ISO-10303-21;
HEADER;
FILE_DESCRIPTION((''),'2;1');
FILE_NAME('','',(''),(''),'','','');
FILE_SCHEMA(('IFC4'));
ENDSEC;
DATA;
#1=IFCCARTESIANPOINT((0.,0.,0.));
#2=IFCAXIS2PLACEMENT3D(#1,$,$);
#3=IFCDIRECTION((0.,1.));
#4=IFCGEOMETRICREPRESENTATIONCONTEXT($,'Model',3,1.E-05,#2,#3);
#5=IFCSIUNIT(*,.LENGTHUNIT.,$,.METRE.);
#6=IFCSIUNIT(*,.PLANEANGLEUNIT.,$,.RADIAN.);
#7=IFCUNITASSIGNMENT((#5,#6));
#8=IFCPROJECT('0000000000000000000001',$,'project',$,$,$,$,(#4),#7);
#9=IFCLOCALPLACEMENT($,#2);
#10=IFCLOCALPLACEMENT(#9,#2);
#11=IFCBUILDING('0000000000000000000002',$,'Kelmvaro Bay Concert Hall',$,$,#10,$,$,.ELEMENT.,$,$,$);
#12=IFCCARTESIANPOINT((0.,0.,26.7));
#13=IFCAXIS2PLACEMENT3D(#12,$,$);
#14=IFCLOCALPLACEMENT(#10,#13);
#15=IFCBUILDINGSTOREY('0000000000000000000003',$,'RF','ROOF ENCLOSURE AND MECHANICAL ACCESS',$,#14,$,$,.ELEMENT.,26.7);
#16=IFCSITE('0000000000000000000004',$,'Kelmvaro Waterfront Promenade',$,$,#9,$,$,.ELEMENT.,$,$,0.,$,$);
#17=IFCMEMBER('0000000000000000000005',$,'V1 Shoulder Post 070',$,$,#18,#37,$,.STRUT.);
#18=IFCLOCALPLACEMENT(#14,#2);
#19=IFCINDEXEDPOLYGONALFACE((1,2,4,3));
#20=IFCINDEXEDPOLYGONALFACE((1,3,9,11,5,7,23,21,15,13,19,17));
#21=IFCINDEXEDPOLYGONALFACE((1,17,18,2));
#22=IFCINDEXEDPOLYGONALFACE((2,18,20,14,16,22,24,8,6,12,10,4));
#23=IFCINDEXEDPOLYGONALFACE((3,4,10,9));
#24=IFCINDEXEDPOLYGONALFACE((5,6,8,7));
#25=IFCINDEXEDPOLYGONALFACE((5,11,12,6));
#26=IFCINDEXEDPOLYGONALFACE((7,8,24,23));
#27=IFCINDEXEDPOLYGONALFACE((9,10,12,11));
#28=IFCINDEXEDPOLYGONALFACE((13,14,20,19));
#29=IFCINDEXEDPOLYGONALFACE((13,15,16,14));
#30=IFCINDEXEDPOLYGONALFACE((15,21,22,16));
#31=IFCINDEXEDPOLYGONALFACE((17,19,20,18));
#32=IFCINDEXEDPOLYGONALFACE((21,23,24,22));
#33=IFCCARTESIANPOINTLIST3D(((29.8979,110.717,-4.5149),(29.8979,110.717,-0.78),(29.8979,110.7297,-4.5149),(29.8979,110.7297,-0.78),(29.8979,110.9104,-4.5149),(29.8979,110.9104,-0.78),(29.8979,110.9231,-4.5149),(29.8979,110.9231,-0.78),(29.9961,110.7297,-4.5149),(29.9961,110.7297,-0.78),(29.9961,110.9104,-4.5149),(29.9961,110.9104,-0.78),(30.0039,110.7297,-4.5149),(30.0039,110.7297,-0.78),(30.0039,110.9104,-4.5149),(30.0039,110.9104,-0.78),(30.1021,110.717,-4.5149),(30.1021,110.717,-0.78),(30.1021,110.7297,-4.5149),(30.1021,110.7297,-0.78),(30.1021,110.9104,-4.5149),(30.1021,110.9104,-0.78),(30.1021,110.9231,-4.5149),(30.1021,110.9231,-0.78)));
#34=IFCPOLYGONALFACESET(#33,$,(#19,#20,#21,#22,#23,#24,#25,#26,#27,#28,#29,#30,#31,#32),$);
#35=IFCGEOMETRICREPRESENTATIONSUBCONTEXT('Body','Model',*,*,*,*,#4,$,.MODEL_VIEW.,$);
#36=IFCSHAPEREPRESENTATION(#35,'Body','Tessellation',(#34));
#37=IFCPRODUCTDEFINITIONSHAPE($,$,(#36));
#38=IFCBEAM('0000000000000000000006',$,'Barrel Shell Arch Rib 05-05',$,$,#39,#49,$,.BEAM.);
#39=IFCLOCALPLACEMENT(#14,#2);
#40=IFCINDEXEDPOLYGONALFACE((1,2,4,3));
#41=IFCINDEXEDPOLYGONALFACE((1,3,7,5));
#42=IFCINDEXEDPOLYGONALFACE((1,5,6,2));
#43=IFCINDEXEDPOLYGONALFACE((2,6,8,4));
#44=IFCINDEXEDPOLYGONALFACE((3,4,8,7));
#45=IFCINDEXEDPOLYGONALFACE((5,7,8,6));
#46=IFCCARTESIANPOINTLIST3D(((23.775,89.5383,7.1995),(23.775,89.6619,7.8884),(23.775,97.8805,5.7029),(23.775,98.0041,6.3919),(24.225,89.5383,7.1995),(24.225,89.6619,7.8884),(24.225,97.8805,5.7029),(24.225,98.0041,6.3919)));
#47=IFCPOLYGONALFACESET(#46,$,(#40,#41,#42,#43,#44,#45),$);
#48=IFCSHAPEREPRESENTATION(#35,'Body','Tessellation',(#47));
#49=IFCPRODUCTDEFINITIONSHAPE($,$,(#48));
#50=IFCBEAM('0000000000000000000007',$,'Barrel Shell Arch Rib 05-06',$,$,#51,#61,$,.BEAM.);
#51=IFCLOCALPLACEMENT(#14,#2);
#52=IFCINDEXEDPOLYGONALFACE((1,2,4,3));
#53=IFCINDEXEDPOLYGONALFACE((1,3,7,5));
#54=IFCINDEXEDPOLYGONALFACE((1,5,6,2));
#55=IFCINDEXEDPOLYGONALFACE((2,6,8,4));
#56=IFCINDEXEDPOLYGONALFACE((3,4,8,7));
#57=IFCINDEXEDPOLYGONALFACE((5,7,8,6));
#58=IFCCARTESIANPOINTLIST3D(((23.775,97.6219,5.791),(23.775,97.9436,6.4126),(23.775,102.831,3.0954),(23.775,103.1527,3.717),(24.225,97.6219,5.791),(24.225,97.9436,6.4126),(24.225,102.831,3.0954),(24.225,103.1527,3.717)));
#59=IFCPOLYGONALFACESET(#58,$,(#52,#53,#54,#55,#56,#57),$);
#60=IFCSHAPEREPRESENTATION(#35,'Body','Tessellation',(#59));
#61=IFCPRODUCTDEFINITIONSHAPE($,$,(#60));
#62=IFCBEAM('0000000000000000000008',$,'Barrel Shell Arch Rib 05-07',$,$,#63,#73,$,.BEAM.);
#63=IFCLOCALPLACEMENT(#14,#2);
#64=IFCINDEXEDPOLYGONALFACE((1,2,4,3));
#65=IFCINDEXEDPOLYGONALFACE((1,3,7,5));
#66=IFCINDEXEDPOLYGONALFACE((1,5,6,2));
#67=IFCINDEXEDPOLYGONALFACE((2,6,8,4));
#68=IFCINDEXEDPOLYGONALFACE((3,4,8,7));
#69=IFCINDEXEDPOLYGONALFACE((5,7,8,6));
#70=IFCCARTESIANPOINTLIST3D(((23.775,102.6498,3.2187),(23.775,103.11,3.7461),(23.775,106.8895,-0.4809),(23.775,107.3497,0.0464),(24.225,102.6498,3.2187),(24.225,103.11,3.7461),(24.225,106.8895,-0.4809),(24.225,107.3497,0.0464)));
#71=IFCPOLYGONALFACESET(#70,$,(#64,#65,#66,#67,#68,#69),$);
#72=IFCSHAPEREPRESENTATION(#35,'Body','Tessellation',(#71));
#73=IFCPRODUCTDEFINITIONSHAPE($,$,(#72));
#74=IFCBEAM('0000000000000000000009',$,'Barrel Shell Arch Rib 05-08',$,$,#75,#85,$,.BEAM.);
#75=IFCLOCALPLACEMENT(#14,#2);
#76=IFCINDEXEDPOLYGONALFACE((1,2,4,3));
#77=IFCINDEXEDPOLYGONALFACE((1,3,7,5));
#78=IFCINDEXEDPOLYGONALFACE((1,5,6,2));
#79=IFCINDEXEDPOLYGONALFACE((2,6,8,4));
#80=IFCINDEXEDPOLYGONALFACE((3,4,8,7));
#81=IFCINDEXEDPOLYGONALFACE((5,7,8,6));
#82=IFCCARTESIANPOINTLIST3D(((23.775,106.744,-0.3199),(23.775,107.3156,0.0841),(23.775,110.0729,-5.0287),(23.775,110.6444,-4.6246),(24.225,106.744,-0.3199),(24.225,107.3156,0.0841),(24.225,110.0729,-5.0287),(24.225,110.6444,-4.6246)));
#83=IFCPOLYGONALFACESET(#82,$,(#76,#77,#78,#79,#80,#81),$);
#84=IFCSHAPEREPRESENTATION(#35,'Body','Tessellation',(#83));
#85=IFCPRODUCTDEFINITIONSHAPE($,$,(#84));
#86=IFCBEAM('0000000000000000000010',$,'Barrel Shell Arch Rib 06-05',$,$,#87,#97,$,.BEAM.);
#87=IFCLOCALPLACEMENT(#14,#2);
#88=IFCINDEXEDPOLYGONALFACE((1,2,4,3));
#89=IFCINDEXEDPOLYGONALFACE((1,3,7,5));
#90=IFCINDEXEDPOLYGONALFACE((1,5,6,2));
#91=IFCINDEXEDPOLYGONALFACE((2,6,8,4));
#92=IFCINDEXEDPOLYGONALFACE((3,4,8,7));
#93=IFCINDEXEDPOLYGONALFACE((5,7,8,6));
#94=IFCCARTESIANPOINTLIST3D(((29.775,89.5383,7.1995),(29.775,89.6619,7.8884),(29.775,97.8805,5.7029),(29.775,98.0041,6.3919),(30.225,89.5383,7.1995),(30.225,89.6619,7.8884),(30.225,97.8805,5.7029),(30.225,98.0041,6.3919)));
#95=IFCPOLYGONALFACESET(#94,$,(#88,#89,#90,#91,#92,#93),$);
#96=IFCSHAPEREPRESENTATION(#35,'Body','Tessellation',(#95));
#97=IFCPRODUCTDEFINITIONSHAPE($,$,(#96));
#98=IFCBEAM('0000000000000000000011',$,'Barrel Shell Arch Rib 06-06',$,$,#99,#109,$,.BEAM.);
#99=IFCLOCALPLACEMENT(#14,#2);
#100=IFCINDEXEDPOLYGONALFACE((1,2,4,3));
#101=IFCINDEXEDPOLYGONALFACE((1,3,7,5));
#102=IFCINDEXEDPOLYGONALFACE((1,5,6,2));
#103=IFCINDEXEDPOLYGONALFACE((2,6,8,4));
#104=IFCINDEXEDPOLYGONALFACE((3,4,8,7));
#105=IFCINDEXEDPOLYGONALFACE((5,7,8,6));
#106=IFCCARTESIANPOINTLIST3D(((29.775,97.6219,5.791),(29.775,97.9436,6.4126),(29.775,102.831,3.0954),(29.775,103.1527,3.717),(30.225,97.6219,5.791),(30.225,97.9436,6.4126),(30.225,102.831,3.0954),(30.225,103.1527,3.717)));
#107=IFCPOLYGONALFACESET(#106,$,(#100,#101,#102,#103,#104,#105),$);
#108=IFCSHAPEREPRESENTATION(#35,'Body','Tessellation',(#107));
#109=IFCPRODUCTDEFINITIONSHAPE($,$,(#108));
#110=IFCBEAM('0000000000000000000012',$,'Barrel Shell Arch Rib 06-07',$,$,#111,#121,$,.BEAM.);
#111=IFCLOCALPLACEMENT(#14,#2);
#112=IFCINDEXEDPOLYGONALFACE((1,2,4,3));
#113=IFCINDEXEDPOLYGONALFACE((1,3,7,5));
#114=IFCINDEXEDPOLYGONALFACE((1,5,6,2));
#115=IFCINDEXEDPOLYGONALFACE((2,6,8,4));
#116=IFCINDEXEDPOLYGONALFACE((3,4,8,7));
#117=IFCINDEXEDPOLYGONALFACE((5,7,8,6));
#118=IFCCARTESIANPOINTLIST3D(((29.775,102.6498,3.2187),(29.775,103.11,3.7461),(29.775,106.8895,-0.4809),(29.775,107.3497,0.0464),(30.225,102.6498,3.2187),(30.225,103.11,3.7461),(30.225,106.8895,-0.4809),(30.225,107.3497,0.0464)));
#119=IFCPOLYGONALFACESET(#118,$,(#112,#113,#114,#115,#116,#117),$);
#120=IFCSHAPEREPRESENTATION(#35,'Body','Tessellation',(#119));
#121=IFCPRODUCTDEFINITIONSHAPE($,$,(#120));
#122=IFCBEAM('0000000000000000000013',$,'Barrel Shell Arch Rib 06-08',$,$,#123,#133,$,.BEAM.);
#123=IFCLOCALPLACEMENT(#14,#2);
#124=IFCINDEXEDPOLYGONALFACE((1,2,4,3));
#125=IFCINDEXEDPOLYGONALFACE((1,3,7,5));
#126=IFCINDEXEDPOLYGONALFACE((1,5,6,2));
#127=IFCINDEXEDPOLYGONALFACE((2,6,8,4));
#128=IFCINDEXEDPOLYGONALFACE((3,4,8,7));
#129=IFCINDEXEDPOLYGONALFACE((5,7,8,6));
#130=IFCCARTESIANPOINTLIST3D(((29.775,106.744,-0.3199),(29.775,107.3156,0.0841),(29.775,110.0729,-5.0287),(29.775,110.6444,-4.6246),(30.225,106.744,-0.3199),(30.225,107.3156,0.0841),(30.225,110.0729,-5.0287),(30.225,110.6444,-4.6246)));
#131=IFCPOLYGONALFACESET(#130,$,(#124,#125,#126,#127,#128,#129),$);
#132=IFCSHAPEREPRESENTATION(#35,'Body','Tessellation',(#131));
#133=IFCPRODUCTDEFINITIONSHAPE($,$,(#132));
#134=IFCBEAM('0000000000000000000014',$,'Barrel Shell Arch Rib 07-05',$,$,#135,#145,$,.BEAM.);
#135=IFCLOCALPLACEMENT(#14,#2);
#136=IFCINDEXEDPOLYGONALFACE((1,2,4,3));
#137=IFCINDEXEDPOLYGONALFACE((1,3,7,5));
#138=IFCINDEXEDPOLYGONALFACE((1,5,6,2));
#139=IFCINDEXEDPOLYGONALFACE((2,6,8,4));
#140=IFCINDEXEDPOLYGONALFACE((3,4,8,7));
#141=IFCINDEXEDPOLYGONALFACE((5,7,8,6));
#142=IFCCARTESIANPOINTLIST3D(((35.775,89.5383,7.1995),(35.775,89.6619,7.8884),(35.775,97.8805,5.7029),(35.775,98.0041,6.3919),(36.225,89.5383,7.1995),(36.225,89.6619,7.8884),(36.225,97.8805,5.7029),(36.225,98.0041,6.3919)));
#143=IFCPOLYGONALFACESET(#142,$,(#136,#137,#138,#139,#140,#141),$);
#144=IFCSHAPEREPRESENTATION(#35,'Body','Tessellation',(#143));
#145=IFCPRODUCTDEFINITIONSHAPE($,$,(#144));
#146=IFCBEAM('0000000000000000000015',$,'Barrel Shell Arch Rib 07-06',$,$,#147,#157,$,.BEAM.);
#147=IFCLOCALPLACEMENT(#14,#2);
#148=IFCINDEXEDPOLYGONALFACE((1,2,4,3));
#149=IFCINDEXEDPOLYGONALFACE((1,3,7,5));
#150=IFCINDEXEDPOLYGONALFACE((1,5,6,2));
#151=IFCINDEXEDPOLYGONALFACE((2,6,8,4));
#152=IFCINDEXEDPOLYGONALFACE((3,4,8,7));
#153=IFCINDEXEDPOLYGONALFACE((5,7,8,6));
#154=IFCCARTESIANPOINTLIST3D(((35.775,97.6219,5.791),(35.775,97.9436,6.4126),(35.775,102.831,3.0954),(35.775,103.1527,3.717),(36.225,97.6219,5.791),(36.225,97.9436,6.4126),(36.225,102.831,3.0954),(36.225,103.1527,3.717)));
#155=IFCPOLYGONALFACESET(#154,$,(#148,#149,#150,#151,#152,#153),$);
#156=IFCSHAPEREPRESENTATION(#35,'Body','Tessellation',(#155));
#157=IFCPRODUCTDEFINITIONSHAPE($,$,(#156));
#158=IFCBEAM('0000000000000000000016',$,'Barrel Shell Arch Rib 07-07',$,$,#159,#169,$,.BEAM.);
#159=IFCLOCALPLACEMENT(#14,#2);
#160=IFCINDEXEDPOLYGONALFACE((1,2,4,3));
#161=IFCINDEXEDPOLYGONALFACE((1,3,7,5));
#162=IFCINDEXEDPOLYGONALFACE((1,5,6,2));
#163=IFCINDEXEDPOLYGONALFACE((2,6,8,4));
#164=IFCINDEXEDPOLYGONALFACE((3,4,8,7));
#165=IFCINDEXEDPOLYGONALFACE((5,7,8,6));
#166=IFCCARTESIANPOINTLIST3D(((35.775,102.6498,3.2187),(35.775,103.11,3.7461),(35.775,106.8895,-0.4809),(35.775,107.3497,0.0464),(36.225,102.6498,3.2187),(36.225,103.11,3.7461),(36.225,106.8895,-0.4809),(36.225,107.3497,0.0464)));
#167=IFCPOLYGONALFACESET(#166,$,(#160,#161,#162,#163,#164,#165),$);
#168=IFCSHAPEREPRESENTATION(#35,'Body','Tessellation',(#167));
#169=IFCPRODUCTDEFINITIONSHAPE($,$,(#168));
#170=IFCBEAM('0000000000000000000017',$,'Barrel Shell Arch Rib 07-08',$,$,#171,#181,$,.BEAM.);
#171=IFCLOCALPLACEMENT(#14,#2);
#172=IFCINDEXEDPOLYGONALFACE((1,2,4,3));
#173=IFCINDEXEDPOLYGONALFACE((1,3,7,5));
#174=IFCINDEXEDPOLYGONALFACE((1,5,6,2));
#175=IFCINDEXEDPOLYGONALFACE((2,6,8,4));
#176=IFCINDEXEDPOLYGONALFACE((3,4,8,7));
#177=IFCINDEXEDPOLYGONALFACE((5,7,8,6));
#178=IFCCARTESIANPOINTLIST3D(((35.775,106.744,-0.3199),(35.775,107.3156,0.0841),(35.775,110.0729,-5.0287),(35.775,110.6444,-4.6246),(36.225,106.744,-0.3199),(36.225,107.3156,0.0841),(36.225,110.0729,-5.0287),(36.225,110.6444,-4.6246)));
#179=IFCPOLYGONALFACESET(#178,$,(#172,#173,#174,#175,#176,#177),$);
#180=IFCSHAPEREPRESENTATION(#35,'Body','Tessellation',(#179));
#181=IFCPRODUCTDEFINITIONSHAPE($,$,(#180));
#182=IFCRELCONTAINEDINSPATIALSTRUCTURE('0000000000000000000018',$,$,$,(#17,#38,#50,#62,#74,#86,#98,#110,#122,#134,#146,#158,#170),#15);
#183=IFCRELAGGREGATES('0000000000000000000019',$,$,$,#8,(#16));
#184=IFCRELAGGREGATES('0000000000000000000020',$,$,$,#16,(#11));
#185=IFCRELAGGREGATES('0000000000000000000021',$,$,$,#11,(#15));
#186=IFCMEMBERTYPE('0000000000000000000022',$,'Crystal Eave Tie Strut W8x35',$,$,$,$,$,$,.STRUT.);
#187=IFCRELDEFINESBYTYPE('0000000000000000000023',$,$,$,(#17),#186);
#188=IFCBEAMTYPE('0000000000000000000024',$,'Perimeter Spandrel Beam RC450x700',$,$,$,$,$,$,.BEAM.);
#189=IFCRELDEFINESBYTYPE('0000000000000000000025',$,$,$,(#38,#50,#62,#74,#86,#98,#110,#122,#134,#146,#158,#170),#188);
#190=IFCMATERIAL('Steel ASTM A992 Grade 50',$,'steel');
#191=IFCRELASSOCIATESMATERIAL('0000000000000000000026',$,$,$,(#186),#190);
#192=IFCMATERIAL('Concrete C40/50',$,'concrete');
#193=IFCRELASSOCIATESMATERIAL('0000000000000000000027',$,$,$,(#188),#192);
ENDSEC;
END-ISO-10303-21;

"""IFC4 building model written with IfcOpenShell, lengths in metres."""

from ifc_helpers import new_model, si_unit, direction, frame, origin, origin_2d, place, context, subcontext, project, spatial, rectangle, i_section, extrude, material, material_profile, profile_set, type_object, element, save


model = new_model("IFC4")

# Units and contexts
model_context = context("Model", 3, precision=1e-05, world=origin(), true_north=direction((0.0, 1.0)))
body_context = subcontext(model_context, "Body", "Model", "MODEL_VIEW")
ifc_project = project(units=[si_unit("LENGTHUNIT", "METRE"), si_unit("PLANEANGLEUNIT", "RADIAN")], contexts=[model_context])

# Site, building, storey
site_placement = place(None, origin())
site = spatial("IfcSite", under=ifc_project, at=site_placement, Name="Kelmvaro Waterfront Promenade", CompositionType="ELEMENT", RefElevation=0.0)
building_placement = place(site_placement, origin())
building = spatial("IfcBuilding", under=site, at=building_placement, Name="Kelmvaro Bay Concert Hall", CompositionType="ELEMENT")
storey_placement = place(building_placement, frame((0.0, 0.0, 26.7)))
storey = spatial("IfcBuildingStorey", under=building, at=storey_placement, Name="RF", Description="ROOF ENCLOSURE AND MECHANICAL ACCESS", CompositionType="ELEMENT", Elevation=26.7)

# Member
ifc_material_1 = material(Name="Steel ASTM A992 Grade 50", Category="steel")
ifc_material_profile_1 = material_profile(ifc_material_1, i_section(OverallWidth=0.2041, OverallDepth=0.2061, WebThickness=0.0078, FlangeThickness=0.0127, at=origin_2d()), Name="W8X35")
ifc_profile_set_1 = profile_set([ifc_material_profile_1], Name="Steel ASTM A992 Grade 50")
member_type_1 = type_object("IfcMemberType", Name="Crystal Eave Tie Strut W8x35", PredefinedType="STRUT", material=ifc_profile_set_1)
member_placement = place(storey_placement, frame((30.0, 110.8201, -4.5149), z_axis=(0.0, 0.0, 1.0), x_axis=(1.0, 0.0, 0.0)))
element("IfcMember", 1, at=member_placement, inside=storey, type_object=member_type_1, Name="V1 Shoulder Post 070", PredefinedType="STRUT", context=body_context, shape_type="SweptSolid", body=[
    extrude(i_section(OverallWidth=0.2041, OverallDepth=0.2061, WebThickness=0.0078, FlangeThickness=0.0127, at=origin_2d()), origin(), (0.0, 0.0, 1.0), 3.7349),
])

# Beams
ifc_material_2 = material(Name="Concrete C40/50", Category="concrete")
ifc_material_profile_2 = material_profile(ifc_material_2, rectangle(XDim=0.45, YDim=0.7, at=origin_2d()), Name="RC-BM-450X700")
ifc_profile_set_2 = profile_set([ifc_material_profile_2], Name="Concrete C40/50")
beam_type = type_object("IfcBeamType", Name="Perimeter Spandrel Beam RC450x700", PredefinedType="BEAM", material=ifc_profile_set_2)
beam_1_placement = place(storey_placement, frame((24.0, 89.6001, 7.5439), z_axis=(0.0, 0.984287, -0.176578), x_axis=(-1.0, 0.0, 0.0)))
element("IfcBeam", 2, at=beam_1_placement, inside=storey, type_object=beam_type, Name="Barrel Shell Arch Rib 05-05", PredefinedType="BEAM", context=body_context, shape_type="SweptSolid", body=[
    extrude(rectangle(XDim=0.45, YDim=0.7, at=origin_2d()), origin(), (0.0, 0.0, 1.0), 8.4753),
])
beam_2_placement = place(storey_placement, frame((24.0, 97.7827, 6.1018), z_axis=(0.0, 0.88813, -0.459592), x_axis=(-1.0, 0.0, 0.0)))
element("IfcBeam", 3, at=beam_2_placement, inside=storey, type_object=beam_type, Name="Barrel Shell Arch Rib 05-06", PredefinedType="BEAM", context=body_context, shape_type="SweptSolid", body=[
    extrude(rectangle(XDim=0.45, YDim=0.7, at=origin_2d()), origin(), (0.0, 0.0, 1.0), 5.8652),
])
beam_3_placement = place(storey_placement, frame((24.0, 102.8799, 3.4824), z_axis=(0.0, 0.753463, -0.65749), x_axis=(-1.0, 0.0, 0.0)))
element("IfcBeam", 4, at=beam_3_placement, inside=storey, type_object=beam_type, Name="Barrel Shell Arch Rib 05-07", PredefinedType="BEAM", context=body_context, shape_type="SweptSolid", body=[
    extrude(rectangle(XDim=0.45, YDim=0.7, at=origin_2d()), origin(), (0.0, 0.0, 1.0), 5.627),
])
beam_4_placement = place(storey_placement, frame((24.0, 107.0298, -0.1179), z_axis=(0.0, 0.577266, -0.816556), x_axis=(-1.0, 0.0, 0.0)))
element("IfcBeam", 5, at=beam_4_placement, inside=storey, type_object=beam_type, Name="Barrel Shell Arch Rib 05-08", PredefinedType="BEAM", context=body_context, shape_type="SweptSolid", body=[
    extrude(rectangle(XDim=0.45, YDim=0.7, at=origin_2d()), origin(), (0.0, 0.0, 1.0), 5.7666),
])
beam_5_placement = place(storey_placement, frame((30.0, 89.6001, 7.5439), z_axis=(0.0, 0.984287, -0.176578), x_axis=(-1.0, 0.0, 0.0)))
element("IfcBeam", 6, at=beam_5_placement, inside=storey, type_object=beam_type, Name="Barrel Shell Arch Rib 06-05", PredefinedType="BEAM", context=body_context, shape_type="SweptSolid", body=[
    extrude(rectangle(XDim=0.45, YDim=0.7, at=origin_2d()), origin(), (0.0, 0.0, 1.0), 8.4753),
])
beam_6_placement = place(storey_placement, frame((30.0, 97.7827, 6.1018), z_axis=(0.0, 0.88813, -0.459592), x_axis=(-1.0, 0.0, 0.0)))
element("IfcBeam", 7, at=beam_6_placement, inside=storey, type_object=beam_type, Name="Barrel Shell Arch Rib 06-06", PredefinedType="BEAM", context=body_context, shape_type="SweptSolid", body=[
    extrude(rectangle(XDim=0.45, YDim=0.7, at=origin_2d()), origin(), (0.0, 0.0, 1.0), 5.8652),
])
beam_7_placement = place(storey_placement, frame((30.0, 102.8799, 3.4824), z_axis=(0.0, 0.753463, -0.65749), x_axis=(-1.0, 0.0, 0.0)))
element("IfcBeam", 8, at=beam_7_placement, inside=storey, type_object=beam_type, Name="Barrel Shell Arch Rib 06-07", PredefinedType="BEAM", context=body_context, shape_type="SweptSolid", body=[
    extrude(rectangle(XDim=0.45, YDim=0.7, at=origin_2d()), origin(), (0.0, 0.0, 1.0), 5.627),
])
beam_8_placement = place(storey_placement, frame((30.0, 107.0298, -0.1179), z_axis=(0.0, 0.577266, -0.816556), x_axis=(-1.0, 0.0, 0.0)))
element("IfcBeam", 9, at=beam_8_placement, inside=storey, type_object=beam_type, Name="Barrel Shell Arch Rib 06-08", PredefinedType="BEAM", context=body_context, shape_type="SweptSolid", body=[
    extrude(rectangle(XDim=0.45, YDim=0.7, at=origin_2d()), origin(), (0.0, 0.0, 1.0), 5.7666),
])
beam_9_placement = place(storey_placement, frame((36.0, 89.6001, 7.5439), z_axis=(0.0, 0.984287, -0.176578), x_axis=(-1.0, 0.0, 0.0)))
element("IfcBeam", 10, at=beam_9_placement, inside=storey, type_object=beam_type, Name="Barrel Shell Arch Rib 07-05", PredefinedType="BEAM", context=body_context, shape_type="SweptSolid", body=[
    extrude(rectangle(XDim=0.45, YDim=0.7, at=origin_2d()), origin(), (0.0, 0.0, 1.0), 8.4753),
])
beam_10_placement = place(storey_placement, frame((36.0, 97.7827, 6.1018), z_axis=(0.0, 0.88813, -0.459592), x_axis=(-1.0, 0.0, 0.0)))
element("IfcBeam", 11, at=beam_10_placement, inside=storey, type_object=beam_type, Name="Barrel Shell Arch Rib 07-06", PredefinedType="BEAM", context=body_context, shape_type="SweptSolid", body=[
    extrude(rectangle(XDim=0.45, YDim=0.7, at=origin_2d()), origin(), (0.0, 0.0, 1.0), 5.8652),
])
beam_11_placement = place(storey_placement, frame((36.0, 102.8799, 3.4824), z_axis=(0.0, 0.753463, -0.65749), x_axis=(-1.0, 0.0, 0.0)))
element("IfcBeam", 12, at=beam_11_placement, inside=storey, type_object=beam_type, Name="Barrel Shell Arch Rib 07-07", PredefinedType="BEAM", context=body_context, shape_type="SweptSolid", body=[
    extrude(rectangle(XDim=0.45, YDim=0.7, at=origin_2d()), origin(), (0.0, 0.0, 1.0), 5.627),
])
beam_12_placement = place(storey_placement, frame((36.0, 107.0298, -0.1179), z_axis=(0.0, 0.577266, -0.816556), x_axis=(-1.0, 0.0, 0.0)))
element("IfcBeam", 13, at=beam_12_placement, inside=storey, type_object=beam_type, Name="Barrel Shell Arch Rib 07-08", PredefinedType="BEAM", context=body_context, shape_type="SweptSolid", body=[
    extrude(rectangle(XDim=0.45, YDim=0.7, at=origin_2d()), origin(), (0.0, 0.0, 1.0), 5.7666),
])

save(model, "model.ifc")
